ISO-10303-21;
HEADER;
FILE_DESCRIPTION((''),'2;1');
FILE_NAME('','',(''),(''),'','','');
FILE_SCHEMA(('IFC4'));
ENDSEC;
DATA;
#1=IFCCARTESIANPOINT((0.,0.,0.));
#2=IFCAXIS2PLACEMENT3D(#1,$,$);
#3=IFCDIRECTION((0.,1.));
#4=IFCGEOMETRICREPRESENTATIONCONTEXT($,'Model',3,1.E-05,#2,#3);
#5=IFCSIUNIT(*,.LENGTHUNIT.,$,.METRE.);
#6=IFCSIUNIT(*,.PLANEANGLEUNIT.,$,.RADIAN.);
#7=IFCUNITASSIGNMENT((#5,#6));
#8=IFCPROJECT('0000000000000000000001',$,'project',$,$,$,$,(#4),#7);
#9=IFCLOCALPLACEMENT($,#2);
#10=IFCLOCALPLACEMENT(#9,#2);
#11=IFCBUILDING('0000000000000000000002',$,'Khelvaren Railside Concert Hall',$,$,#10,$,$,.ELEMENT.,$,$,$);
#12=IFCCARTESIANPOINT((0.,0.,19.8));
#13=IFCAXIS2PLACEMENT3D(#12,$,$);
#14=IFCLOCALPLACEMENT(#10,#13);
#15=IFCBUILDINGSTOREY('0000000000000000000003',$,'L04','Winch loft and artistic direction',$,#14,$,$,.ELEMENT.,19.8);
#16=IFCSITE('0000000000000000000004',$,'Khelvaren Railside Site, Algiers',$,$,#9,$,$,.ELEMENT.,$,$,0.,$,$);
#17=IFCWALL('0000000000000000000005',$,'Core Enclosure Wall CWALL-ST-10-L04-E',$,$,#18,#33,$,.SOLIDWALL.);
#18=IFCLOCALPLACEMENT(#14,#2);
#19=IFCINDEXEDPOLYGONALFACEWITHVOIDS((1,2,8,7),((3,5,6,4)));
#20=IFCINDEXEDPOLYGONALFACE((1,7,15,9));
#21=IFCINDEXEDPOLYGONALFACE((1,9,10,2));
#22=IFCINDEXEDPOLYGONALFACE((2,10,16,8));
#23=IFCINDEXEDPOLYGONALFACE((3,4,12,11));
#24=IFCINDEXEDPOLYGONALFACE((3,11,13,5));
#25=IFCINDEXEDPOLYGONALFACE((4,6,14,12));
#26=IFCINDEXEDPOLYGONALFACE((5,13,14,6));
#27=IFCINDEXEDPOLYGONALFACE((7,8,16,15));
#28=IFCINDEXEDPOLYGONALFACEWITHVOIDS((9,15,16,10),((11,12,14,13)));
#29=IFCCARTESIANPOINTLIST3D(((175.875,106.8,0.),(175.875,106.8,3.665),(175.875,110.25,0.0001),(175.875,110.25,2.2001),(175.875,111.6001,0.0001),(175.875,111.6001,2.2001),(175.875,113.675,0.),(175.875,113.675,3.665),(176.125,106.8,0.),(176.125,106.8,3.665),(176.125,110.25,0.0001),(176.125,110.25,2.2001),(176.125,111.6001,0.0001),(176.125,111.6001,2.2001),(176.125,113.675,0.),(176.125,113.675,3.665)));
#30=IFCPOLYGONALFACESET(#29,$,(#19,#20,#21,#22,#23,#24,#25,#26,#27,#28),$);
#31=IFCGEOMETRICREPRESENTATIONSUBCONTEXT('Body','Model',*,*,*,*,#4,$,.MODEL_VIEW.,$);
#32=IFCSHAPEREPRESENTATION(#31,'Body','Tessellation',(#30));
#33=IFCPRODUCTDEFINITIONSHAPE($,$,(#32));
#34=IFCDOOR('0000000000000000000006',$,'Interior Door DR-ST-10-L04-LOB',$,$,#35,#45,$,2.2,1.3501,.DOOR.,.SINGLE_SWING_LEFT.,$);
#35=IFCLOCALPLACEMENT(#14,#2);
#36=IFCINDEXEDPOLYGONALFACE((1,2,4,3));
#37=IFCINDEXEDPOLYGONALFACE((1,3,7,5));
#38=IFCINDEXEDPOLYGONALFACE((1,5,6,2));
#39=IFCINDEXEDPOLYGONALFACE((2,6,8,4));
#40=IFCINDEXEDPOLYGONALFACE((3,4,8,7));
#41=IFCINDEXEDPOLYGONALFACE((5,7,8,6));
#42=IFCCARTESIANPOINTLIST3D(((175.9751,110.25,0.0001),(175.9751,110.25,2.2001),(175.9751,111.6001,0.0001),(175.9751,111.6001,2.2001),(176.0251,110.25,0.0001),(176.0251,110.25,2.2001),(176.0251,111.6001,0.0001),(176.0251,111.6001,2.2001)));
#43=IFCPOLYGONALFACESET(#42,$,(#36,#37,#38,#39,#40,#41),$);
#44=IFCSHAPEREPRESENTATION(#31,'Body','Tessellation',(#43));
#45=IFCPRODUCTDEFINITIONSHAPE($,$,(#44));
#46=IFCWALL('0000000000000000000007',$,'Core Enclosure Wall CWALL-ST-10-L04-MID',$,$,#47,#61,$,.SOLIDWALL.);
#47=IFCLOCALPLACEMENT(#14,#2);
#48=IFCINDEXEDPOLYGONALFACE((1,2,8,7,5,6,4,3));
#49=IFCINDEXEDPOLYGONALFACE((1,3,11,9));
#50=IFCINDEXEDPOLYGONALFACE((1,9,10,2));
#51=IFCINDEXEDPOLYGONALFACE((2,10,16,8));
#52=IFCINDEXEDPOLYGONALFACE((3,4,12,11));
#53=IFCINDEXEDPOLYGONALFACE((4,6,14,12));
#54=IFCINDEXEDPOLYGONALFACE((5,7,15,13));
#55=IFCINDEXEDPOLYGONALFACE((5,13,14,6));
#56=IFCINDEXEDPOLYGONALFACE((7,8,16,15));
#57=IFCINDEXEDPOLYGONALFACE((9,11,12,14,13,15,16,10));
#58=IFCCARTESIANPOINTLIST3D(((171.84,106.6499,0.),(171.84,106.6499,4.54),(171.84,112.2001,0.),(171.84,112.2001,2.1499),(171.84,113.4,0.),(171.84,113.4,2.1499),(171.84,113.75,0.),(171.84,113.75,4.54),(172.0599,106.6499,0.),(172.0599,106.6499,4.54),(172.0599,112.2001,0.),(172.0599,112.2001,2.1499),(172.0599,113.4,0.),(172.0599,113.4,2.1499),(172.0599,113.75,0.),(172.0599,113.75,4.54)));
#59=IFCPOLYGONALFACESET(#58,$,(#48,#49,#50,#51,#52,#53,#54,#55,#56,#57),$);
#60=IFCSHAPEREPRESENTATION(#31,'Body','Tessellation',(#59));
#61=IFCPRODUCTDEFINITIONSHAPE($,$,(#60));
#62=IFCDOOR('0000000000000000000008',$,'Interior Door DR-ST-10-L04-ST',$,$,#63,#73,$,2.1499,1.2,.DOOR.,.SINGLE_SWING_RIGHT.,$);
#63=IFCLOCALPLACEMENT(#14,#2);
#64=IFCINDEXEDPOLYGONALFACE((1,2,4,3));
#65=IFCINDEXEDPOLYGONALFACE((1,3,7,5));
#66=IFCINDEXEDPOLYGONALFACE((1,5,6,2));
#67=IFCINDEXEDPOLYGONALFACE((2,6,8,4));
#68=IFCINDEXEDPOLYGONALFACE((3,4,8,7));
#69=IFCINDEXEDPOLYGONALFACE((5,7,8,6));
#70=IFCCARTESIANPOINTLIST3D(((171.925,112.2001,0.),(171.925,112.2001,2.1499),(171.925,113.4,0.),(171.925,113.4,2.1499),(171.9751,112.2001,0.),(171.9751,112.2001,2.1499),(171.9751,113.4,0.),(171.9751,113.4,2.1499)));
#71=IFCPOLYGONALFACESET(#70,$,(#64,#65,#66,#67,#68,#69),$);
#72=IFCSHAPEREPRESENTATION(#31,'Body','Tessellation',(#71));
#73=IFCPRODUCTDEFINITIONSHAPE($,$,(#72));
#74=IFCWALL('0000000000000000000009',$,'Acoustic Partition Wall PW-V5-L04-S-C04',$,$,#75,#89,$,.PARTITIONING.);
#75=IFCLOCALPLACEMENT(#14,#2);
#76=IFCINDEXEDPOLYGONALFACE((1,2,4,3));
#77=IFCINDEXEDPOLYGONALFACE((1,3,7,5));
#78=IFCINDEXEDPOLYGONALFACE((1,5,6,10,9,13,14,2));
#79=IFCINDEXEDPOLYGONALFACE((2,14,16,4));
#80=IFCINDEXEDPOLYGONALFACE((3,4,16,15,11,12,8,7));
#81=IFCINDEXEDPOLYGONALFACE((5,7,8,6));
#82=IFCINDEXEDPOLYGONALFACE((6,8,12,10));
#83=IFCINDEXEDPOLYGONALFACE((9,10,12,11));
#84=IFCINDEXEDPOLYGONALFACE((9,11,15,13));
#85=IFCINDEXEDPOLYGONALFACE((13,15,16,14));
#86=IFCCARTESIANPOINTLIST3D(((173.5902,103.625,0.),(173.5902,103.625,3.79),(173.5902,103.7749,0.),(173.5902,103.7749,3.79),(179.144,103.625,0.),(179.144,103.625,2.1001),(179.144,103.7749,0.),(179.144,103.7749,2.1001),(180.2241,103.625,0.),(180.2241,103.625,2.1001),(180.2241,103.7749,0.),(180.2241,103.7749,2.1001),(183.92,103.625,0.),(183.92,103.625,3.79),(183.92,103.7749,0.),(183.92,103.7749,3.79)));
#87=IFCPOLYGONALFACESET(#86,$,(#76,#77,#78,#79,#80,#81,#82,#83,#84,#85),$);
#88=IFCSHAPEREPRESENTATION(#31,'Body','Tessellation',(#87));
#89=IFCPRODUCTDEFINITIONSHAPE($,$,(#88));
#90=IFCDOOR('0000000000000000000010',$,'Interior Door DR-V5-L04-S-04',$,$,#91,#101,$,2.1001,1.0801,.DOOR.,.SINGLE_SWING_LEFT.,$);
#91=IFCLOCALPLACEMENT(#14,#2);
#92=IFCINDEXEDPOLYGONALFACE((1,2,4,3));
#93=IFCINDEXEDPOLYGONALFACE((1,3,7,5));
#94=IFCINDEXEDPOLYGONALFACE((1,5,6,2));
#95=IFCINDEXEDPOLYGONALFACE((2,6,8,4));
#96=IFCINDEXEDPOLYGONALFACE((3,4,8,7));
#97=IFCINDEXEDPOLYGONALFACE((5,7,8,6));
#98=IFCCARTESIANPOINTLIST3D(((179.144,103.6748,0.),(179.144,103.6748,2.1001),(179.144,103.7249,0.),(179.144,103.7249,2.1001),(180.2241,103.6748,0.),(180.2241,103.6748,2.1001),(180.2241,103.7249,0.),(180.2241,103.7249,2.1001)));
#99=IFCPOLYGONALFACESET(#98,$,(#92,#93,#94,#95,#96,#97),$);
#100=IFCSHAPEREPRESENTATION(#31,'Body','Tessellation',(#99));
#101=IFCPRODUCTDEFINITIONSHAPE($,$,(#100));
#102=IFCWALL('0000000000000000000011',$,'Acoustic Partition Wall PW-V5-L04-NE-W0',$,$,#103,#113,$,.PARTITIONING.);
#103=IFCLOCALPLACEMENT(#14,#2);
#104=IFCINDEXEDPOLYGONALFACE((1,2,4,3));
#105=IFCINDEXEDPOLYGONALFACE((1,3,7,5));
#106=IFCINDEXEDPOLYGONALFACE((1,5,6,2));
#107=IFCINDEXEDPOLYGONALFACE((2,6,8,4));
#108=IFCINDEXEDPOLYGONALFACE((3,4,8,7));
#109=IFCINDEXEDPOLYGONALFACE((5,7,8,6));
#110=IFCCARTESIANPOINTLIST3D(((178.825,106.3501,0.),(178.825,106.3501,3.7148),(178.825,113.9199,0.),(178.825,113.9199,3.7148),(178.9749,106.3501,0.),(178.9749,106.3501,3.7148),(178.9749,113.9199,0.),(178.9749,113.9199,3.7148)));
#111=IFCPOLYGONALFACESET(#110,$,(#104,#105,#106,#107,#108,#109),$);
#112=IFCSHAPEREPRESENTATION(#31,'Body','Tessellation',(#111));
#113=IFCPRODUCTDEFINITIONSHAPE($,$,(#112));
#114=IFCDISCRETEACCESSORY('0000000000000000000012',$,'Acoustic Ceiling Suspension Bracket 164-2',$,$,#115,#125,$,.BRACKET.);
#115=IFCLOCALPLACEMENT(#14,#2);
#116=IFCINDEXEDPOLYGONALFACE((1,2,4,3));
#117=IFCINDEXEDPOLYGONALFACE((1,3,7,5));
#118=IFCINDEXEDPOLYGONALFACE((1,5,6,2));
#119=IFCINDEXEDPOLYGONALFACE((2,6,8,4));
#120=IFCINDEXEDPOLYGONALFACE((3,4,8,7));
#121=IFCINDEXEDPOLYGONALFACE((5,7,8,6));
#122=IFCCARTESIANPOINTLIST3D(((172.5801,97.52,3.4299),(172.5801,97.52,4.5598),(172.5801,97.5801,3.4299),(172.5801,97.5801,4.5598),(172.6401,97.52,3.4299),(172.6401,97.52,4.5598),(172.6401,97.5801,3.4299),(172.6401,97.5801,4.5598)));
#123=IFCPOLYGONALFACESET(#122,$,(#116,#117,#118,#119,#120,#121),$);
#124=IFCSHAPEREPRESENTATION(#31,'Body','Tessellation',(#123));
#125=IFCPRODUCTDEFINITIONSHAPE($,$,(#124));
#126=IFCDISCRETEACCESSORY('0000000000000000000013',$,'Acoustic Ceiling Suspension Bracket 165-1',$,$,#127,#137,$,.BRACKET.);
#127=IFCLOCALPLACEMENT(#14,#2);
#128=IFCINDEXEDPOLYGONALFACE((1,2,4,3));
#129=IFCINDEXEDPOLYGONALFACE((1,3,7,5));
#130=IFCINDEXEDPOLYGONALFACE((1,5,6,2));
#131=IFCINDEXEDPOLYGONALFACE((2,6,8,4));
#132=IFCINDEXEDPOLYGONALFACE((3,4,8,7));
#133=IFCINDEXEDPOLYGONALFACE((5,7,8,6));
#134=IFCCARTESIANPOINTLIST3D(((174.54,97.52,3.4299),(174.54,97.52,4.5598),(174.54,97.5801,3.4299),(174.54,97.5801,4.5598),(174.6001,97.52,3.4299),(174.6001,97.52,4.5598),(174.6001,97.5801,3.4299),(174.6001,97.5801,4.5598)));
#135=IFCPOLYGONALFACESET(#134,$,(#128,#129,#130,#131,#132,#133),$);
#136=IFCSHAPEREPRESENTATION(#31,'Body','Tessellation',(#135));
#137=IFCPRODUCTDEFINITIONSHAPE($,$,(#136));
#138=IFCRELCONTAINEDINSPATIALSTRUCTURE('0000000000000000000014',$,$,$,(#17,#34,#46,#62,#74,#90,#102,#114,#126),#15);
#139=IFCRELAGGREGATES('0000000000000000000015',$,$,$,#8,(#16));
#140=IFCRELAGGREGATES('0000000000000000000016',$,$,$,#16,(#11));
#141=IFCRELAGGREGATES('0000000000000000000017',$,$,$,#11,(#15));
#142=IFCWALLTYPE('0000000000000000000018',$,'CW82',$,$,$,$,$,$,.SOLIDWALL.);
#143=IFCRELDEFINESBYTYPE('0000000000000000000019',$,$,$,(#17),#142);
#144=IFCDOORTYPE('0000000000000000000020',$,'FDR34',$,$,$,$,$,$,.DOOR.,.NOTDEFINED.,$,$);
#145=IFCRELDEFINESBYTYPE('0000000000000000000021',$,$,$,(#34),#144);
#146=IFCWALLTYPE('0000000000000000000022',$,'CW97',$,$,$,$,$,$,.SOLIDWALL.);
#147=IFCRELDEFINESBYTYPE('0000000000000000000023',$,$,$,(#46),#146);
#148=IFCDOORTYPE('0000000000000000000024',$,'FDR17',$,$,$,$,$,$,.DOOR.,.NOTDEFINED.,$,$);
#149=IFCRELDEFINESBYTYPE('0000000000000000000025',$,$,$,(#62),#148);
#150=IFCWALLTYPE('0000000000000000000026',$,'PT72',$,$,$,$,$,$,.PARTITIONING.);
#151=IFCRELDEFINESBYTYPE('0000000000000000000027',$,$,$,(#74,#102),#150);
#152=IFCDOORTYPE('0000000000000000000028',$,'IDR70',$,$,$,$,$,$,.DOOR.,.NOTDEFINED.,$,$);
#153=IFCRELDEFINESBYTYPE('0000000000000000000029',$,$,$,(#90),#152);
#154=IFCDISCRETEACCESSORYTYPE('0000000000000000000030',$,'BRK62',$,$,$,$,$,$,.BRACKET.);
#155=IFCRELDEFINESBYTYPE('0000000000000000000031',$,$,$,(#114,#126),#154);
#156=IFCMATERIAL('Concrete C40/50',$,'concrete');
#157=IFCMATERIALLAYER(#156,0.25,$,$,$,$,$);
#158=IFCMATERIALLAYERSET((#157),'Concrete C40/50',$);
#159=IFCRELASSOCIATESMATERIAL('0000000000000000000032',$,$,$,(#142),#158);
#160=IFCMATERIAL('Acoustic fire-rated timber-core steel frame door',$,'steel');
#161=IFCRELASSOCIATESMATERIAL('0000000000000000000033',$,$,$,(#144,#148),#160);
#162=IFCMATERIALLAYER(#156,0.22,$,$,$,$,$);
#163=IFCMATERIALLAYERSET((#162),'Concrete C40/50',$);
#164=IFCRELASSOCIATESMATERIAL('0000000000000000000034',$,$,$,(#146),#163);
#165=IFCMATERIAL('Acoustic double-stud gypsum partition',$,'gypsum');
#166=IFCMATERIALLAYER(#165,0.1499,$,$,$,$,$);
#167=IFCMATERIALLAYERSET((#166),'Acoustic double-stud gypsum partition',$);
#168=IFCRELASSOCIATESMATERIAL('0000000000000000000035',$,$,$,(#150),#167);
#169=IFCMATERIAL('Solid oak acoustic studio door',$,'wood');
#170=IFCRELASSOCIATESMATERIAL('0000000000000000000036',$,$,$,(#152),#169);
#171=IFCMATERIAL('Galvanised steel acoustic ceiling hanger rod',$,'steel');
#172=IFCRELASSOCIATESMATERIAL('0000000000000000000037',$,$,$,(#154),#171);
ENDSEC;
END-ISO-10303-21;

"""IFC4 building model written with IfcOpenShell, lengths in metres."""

from ifc_helpers import new_model, si_unit, direction, frame, frame_2d, origin, origin_2d, place, context, subcontext, project, spatial, rectangle, extrude, material, layer, layer_set, type_object, element, fill, save


model = new_model("IFC4")

# Units and contexts
model_context = context("Model", 3, precision=1e-05, world=origin(), true_north=direction((0.0, 1.0)))
body_context = subcontext(model_context, "Body", "Model", "MODEL_VIEW")
ifc_project = project(units=[si_unit("LENGTHUNIT", "METRE"), si_unit("PLANEANGLEUNIT", "RADIAN")], contexts=[model_context])

# Site, building, storey
site_placement = place(None, origin())
site = spatial("IfcSite", under=ifc_project, at=site_placement, Name="Khelvaren Railside Site, Algiers", CompositionType="ELEMENT", RefElevation=0.0)
building_placement = place(site_placement, origin())
building = spatial("IfcBuilding", under=site, at=building_placement, Name="Khelvaren Railside Concert Hall", CompositionType="ELEMENT")
storey_placement = place(building_placement, frame((0.0, 0.0, 19.8)))
storey = spatial("IfcBuildingStorey", under=building, at=storey_placement, Name="L04", Description="Winch loft and artistic direction", CompositionType="ELEMENT", Elevation=19.8)

# Shared definitions
ifc_material_1 = material(Name="Concrete C40/50", Category="concrete")

# Walls, openings, doors
ifc_layer_1 = layer(ifc_material_1, 0.25)
ifc_layer_set_1 = layer_set([ifc_layer_1], Name="Concrete C40/50")
wall_type_1 = type_object("IfcWallType", Name="CW82", PredefinedType="SOLIDWALL", material=ifc_layer_set_1)
wall_1_placement = place(storey_placement, frame((176.0, 106.8, 0.0), z_axis=(0.0, 0.0, 1.0), x_axis=(0.0, 1.0, 0.0)))
wall_1 = element("IfcWall", 1, at=wall_1_placement, inside=storey, type_object=wall_type_1, Name="Core Enclosure Wall CWALL-ST-10-L04-E", PredefinedType="SOLIDWALL", context=body_context, shape_type="SweptSolid", body=[
    extrude(rectangle(XDim=6.875, YDim=0.25, at=frame_2d((3.4375, 0.0))), origin(), (0.0, 0.0, 1.0), 3.665),
])
opening_1_placement = place(wall_1_placement, frame((3.45, 0.0, 0.0)))
opening_1 = element("IfcOpeningElement", 2, at=opening_1_placement, cuts=wall_1, PredefinedType="OPENING", context=body_context, shape_type="SweptSolid", body=[
    extrude(rectangle(XDim=1.3501, YDim=2.2, at=frame_2d((0.675, 1.1001))), frame((0.0, 0.135, 0.0), z_axis=(0.0, -1.0, 0.0), x_axis=(1.0, 0.0, 0.0)), (0.0, 0.0, 1.0), 0.27),
])
ifc_material_2 = material(Name="Acoustic fire-rated timber-core steel frame door", Category="steel")
door_type_1 = type_object("IfcDoorType", Name="FDR34", OperationType="NOTDEFINED", PredefinedType="DOOR", material=ifc_material_2)
door_1_placement = place(opening_1_placement, origin())
door_1 = element("IfcDoor", 3, at=door_1_placement, inside=storey, type_object=door_type_1, Name="Interior Door DR-ST-10-L04-LOB", OperationType="SINGLE_SWING_LEFT", OverallHeight=2.2, OverallWidth=1.3501, PredefinedType="DOOR", context=body_context, shape_type="SweptSolid", body=[
    extrude(rectangle(XDim=1.3501, YDim=2.2, at=frame_2d((0.675, 1.1001))), frame((0.0, 0.0249, 0.0), z_axis=(0.0, -1.0, 0.0), x_axis=(1.0, 0.0, 0.0)), (0.0, 0.0, 1.0), 0.05),
])
fill(opening_1, door_1)
ifc_layer_2 = layer(ifc_material_1, 0.22)
ifc_layer_set_2 = layer_set([ifc_layer_2], Name="Concrete C40/50")
wall_type_2 = type_object("IfcWallType", Name="CW97", PredefinedType="SOLIDWALL", material=ifc_layer_set_2)
wall_2_placement = place(storey_placement, frame((171.95, 106.6499, 0.0), z_axis=(0.0, 0.0, 1.0), x_axis=(0.0, 1.0, 0.0)))
wall_2 = element("IfcWall", 4, at=wall_2_placement, inside=storey, type_object=wall_type_2, Name="Core Enclosure Wall CWALL-ST-10-L04-MID", PredefinedType="SOLIDWALL", context=body_context, shape_type="SweptSolid", body=[
    extrude(rectangle(XDim=7.1001, YDim=0.22, at=frame_2d((3.55, 0.0))), origin(), (0.0, 0.0, 1.0), 4.54),
])
opening_2_placement = place(wall_2_placement, frame((5.55, 0.0, 0.0)))
opening_2 = element("IfcOpeningElement", 5, at=opening_2_placement, cuts=wall_2, PredefinedType="OPENING", context=body_context, shape_type="SweptSolid", body=[
    extrude(rectangle(XDim=1.2, YDim=2.1499, at=frame_2d((0.6001, 1.075))), frame((0.0, 0.1199, 0.0), z_axis=(0.0, -1.0, 0.0), x_axis=(1.0, 0.0, 0.0)), (0.0, 0.0, 1.0), 0.24),
])
door_type_2 = type_object("IfcDoorType", Name="FDR17", OperationType="NOTDEFINED", PredefinedType="DOOR", material=ifc_material_2)
door_2_placement = place(opening_2_placement, origin())
door_2 = element("IfcDoor", 6, at=door_2_placement, inside=storey, type_object=door_type_2, Name="Interior Door DR-ST-10-L04-ST", OperationType="SINGLE_SWING_RIGHT", OverallHeight=2.1499, OverallWidth=1.2, PredefinedType="DOOR", context=body_context, shape_type="SweptSolid", body=[
    extrude(rectangle(XDim=1.2, YDim=2.1499, at=frame_2d((0.6001, 1.075))), frame((0.0, 0.0249, 0.0), z_axis=(0.0, -1.0, 0.0), x_axis=(1.0, 0.0, 0.0)), (0.0, 0.0, 1.0), 0.05),
])
fill(opening_2, door_2)
ifc_material_3 = material(Name="Acoustic double-stud gypsum partition", Category="gypsum")
ifc_layer_3 = layer(ifc_material_3, 0.1499)
ifc_layer_set_3 = layer_set([ifc_layer_3], Name="Acoustic double-stud gypsum partition")
wall_type_3 = type_object("IfcWallType", Name="PT72", PredefinedType="PARTITIONING", material=ifc_layer_set_3)
wall_3_placement = place(storey_placement, frame((173.5901, 103.7, 0.0), z_axis=(0.0, 0.0, 1.0), x_axis=(1.0, 0.0, 0.0)))
wall_3 = element("IfcWall", 7, at=wall_3_placement, inside=storey, type_object=wall_type_3, Name="Acoustic Partition Wall PW-V5-L04-S-C04", PredefinedType="PARTITIONING", context=body_context, shape_type="SweptSolid", body=[
    extrude(rectangle(XDim=10.3298, YDim=0.1499, at=frame_2d((5.165, 0.0))), origin(), (0.0, 0.0, 1.0), 3.79),
])
opening_3_placement = place(wall_3_placement, frame((5.554, 0.0, 0.0)))
opening_3 = element("IfcOpeningElement", 8, at=opening_3_placement, cuts=wall_3, PredefinedType="OPENING", context=body_context, shape_type="SweptSolid", body=[
    extrude(rectangle(XDim=1.0801, YDim=2.1001, at=frame_2d((0.54, 1.05))), frame((0.0, 0.085, 0.0), z_axis=(0.0, -1.0, 0.0), x_axis=(1.0, 0.0, 0.0)), (0.0, 0.0, 1.0), 0.1699),
])
ifc_material_4 = material(Name="Solid oak acoustic studio door", Category="wood")
door_type_3 = type_object("IfcDoorType", Name="IDR70", OperationType="NOTDEFINED", PredefinedType="DOOR", material=ifc_material_4)
door_3_placement = place(opening_3_placement, origin())
door_3 = element("IfcDoor", 9, at=door_3_placement, inside=storey, type_object=door_type_3, Name="Interior Door DR-V5-L04-S-04", OperationType="SINGLE_SWING_LEFT", OverallHeight=2.1001, OverallWidth=1.0801, PredefinedType="DOOR", context=body_context, shape_type="SweptSolid", body=[
    extrude(rectangle(XDim=1.0801, YDim=2.1001, at=frame_2d((0.54, 1.05))), frame((0.0, 0.0249, 0.0), z_axis=(0.0, -1.0, 0.0), x_axis=(1.0, 0.0, 0.0)), (0.0, 0.0, 1.0), 0.05),
])
fill(opening_3, door_3)

# Wall
wall_4_placement = place(storey_placement, frame((178.8999, 106.3501, 0.0), z_axis=(0.0, 0.0, 1.0), x_axis=(0.0, 1.0, 0.0)))
element("IfcWall", 10, at=wall_4_placement, inside=storey, type_object=wall_type_3, Name="Acoustic Partition Wall PW-V5-L04-NE-W0", PredefinedType="PARTITIONING", context=body_context, shape_type="SweptSolid", body=[
    extrude(rectangle(XDim=7.5698, YDim=0.1499, at=frame_2d((3.7849, 0.0))), origin(), (0.0, 0.0, 1.0), 3.7148),
])

# Discrete accessories
ifc_material_5 = material(Name="Galvanised steel acoustic ceiling hanger rod", Category="steel")
discrete_accessory_type = type_object("IfcDiscreteAccessoryType", Name="BRK62", PredefinedType="BRACKET", material=ifc_material_5)
for number, where, z_axis, x_axis, name in (
    (11, (172.6101, 97.55, 3.4299), (0.0, 0.0, 1.0), (1.0, 0.0, 0.0), "Acoustic Ceiling Suspension Bracket 164-2"),
    (12, (174.5701, 97.55, 3.4299), (0.0, 0.0, 1.0), (1.0, 0.0, 0.0), "Acoustic Ceiling Suspension Bracket 165-1"),
):
    element("IfcDiscreteAccessory", number, at=place(storey_placement, frame(where, z_axis=z_axis, x_axis=x_axis)), inside=storey, type_object=discrete_accessory_type, Name=name, PredefinedType="BRACKET", context=body_context, shape_type="SweptSolid", body=[
        extrude(rectangle(XDim=0.0601, YDim=0.0601, at=origin_2d()), origin(), (0.0, 0.0, 1.0), 1.1299),
    ])

save(model, "model.ifc")
